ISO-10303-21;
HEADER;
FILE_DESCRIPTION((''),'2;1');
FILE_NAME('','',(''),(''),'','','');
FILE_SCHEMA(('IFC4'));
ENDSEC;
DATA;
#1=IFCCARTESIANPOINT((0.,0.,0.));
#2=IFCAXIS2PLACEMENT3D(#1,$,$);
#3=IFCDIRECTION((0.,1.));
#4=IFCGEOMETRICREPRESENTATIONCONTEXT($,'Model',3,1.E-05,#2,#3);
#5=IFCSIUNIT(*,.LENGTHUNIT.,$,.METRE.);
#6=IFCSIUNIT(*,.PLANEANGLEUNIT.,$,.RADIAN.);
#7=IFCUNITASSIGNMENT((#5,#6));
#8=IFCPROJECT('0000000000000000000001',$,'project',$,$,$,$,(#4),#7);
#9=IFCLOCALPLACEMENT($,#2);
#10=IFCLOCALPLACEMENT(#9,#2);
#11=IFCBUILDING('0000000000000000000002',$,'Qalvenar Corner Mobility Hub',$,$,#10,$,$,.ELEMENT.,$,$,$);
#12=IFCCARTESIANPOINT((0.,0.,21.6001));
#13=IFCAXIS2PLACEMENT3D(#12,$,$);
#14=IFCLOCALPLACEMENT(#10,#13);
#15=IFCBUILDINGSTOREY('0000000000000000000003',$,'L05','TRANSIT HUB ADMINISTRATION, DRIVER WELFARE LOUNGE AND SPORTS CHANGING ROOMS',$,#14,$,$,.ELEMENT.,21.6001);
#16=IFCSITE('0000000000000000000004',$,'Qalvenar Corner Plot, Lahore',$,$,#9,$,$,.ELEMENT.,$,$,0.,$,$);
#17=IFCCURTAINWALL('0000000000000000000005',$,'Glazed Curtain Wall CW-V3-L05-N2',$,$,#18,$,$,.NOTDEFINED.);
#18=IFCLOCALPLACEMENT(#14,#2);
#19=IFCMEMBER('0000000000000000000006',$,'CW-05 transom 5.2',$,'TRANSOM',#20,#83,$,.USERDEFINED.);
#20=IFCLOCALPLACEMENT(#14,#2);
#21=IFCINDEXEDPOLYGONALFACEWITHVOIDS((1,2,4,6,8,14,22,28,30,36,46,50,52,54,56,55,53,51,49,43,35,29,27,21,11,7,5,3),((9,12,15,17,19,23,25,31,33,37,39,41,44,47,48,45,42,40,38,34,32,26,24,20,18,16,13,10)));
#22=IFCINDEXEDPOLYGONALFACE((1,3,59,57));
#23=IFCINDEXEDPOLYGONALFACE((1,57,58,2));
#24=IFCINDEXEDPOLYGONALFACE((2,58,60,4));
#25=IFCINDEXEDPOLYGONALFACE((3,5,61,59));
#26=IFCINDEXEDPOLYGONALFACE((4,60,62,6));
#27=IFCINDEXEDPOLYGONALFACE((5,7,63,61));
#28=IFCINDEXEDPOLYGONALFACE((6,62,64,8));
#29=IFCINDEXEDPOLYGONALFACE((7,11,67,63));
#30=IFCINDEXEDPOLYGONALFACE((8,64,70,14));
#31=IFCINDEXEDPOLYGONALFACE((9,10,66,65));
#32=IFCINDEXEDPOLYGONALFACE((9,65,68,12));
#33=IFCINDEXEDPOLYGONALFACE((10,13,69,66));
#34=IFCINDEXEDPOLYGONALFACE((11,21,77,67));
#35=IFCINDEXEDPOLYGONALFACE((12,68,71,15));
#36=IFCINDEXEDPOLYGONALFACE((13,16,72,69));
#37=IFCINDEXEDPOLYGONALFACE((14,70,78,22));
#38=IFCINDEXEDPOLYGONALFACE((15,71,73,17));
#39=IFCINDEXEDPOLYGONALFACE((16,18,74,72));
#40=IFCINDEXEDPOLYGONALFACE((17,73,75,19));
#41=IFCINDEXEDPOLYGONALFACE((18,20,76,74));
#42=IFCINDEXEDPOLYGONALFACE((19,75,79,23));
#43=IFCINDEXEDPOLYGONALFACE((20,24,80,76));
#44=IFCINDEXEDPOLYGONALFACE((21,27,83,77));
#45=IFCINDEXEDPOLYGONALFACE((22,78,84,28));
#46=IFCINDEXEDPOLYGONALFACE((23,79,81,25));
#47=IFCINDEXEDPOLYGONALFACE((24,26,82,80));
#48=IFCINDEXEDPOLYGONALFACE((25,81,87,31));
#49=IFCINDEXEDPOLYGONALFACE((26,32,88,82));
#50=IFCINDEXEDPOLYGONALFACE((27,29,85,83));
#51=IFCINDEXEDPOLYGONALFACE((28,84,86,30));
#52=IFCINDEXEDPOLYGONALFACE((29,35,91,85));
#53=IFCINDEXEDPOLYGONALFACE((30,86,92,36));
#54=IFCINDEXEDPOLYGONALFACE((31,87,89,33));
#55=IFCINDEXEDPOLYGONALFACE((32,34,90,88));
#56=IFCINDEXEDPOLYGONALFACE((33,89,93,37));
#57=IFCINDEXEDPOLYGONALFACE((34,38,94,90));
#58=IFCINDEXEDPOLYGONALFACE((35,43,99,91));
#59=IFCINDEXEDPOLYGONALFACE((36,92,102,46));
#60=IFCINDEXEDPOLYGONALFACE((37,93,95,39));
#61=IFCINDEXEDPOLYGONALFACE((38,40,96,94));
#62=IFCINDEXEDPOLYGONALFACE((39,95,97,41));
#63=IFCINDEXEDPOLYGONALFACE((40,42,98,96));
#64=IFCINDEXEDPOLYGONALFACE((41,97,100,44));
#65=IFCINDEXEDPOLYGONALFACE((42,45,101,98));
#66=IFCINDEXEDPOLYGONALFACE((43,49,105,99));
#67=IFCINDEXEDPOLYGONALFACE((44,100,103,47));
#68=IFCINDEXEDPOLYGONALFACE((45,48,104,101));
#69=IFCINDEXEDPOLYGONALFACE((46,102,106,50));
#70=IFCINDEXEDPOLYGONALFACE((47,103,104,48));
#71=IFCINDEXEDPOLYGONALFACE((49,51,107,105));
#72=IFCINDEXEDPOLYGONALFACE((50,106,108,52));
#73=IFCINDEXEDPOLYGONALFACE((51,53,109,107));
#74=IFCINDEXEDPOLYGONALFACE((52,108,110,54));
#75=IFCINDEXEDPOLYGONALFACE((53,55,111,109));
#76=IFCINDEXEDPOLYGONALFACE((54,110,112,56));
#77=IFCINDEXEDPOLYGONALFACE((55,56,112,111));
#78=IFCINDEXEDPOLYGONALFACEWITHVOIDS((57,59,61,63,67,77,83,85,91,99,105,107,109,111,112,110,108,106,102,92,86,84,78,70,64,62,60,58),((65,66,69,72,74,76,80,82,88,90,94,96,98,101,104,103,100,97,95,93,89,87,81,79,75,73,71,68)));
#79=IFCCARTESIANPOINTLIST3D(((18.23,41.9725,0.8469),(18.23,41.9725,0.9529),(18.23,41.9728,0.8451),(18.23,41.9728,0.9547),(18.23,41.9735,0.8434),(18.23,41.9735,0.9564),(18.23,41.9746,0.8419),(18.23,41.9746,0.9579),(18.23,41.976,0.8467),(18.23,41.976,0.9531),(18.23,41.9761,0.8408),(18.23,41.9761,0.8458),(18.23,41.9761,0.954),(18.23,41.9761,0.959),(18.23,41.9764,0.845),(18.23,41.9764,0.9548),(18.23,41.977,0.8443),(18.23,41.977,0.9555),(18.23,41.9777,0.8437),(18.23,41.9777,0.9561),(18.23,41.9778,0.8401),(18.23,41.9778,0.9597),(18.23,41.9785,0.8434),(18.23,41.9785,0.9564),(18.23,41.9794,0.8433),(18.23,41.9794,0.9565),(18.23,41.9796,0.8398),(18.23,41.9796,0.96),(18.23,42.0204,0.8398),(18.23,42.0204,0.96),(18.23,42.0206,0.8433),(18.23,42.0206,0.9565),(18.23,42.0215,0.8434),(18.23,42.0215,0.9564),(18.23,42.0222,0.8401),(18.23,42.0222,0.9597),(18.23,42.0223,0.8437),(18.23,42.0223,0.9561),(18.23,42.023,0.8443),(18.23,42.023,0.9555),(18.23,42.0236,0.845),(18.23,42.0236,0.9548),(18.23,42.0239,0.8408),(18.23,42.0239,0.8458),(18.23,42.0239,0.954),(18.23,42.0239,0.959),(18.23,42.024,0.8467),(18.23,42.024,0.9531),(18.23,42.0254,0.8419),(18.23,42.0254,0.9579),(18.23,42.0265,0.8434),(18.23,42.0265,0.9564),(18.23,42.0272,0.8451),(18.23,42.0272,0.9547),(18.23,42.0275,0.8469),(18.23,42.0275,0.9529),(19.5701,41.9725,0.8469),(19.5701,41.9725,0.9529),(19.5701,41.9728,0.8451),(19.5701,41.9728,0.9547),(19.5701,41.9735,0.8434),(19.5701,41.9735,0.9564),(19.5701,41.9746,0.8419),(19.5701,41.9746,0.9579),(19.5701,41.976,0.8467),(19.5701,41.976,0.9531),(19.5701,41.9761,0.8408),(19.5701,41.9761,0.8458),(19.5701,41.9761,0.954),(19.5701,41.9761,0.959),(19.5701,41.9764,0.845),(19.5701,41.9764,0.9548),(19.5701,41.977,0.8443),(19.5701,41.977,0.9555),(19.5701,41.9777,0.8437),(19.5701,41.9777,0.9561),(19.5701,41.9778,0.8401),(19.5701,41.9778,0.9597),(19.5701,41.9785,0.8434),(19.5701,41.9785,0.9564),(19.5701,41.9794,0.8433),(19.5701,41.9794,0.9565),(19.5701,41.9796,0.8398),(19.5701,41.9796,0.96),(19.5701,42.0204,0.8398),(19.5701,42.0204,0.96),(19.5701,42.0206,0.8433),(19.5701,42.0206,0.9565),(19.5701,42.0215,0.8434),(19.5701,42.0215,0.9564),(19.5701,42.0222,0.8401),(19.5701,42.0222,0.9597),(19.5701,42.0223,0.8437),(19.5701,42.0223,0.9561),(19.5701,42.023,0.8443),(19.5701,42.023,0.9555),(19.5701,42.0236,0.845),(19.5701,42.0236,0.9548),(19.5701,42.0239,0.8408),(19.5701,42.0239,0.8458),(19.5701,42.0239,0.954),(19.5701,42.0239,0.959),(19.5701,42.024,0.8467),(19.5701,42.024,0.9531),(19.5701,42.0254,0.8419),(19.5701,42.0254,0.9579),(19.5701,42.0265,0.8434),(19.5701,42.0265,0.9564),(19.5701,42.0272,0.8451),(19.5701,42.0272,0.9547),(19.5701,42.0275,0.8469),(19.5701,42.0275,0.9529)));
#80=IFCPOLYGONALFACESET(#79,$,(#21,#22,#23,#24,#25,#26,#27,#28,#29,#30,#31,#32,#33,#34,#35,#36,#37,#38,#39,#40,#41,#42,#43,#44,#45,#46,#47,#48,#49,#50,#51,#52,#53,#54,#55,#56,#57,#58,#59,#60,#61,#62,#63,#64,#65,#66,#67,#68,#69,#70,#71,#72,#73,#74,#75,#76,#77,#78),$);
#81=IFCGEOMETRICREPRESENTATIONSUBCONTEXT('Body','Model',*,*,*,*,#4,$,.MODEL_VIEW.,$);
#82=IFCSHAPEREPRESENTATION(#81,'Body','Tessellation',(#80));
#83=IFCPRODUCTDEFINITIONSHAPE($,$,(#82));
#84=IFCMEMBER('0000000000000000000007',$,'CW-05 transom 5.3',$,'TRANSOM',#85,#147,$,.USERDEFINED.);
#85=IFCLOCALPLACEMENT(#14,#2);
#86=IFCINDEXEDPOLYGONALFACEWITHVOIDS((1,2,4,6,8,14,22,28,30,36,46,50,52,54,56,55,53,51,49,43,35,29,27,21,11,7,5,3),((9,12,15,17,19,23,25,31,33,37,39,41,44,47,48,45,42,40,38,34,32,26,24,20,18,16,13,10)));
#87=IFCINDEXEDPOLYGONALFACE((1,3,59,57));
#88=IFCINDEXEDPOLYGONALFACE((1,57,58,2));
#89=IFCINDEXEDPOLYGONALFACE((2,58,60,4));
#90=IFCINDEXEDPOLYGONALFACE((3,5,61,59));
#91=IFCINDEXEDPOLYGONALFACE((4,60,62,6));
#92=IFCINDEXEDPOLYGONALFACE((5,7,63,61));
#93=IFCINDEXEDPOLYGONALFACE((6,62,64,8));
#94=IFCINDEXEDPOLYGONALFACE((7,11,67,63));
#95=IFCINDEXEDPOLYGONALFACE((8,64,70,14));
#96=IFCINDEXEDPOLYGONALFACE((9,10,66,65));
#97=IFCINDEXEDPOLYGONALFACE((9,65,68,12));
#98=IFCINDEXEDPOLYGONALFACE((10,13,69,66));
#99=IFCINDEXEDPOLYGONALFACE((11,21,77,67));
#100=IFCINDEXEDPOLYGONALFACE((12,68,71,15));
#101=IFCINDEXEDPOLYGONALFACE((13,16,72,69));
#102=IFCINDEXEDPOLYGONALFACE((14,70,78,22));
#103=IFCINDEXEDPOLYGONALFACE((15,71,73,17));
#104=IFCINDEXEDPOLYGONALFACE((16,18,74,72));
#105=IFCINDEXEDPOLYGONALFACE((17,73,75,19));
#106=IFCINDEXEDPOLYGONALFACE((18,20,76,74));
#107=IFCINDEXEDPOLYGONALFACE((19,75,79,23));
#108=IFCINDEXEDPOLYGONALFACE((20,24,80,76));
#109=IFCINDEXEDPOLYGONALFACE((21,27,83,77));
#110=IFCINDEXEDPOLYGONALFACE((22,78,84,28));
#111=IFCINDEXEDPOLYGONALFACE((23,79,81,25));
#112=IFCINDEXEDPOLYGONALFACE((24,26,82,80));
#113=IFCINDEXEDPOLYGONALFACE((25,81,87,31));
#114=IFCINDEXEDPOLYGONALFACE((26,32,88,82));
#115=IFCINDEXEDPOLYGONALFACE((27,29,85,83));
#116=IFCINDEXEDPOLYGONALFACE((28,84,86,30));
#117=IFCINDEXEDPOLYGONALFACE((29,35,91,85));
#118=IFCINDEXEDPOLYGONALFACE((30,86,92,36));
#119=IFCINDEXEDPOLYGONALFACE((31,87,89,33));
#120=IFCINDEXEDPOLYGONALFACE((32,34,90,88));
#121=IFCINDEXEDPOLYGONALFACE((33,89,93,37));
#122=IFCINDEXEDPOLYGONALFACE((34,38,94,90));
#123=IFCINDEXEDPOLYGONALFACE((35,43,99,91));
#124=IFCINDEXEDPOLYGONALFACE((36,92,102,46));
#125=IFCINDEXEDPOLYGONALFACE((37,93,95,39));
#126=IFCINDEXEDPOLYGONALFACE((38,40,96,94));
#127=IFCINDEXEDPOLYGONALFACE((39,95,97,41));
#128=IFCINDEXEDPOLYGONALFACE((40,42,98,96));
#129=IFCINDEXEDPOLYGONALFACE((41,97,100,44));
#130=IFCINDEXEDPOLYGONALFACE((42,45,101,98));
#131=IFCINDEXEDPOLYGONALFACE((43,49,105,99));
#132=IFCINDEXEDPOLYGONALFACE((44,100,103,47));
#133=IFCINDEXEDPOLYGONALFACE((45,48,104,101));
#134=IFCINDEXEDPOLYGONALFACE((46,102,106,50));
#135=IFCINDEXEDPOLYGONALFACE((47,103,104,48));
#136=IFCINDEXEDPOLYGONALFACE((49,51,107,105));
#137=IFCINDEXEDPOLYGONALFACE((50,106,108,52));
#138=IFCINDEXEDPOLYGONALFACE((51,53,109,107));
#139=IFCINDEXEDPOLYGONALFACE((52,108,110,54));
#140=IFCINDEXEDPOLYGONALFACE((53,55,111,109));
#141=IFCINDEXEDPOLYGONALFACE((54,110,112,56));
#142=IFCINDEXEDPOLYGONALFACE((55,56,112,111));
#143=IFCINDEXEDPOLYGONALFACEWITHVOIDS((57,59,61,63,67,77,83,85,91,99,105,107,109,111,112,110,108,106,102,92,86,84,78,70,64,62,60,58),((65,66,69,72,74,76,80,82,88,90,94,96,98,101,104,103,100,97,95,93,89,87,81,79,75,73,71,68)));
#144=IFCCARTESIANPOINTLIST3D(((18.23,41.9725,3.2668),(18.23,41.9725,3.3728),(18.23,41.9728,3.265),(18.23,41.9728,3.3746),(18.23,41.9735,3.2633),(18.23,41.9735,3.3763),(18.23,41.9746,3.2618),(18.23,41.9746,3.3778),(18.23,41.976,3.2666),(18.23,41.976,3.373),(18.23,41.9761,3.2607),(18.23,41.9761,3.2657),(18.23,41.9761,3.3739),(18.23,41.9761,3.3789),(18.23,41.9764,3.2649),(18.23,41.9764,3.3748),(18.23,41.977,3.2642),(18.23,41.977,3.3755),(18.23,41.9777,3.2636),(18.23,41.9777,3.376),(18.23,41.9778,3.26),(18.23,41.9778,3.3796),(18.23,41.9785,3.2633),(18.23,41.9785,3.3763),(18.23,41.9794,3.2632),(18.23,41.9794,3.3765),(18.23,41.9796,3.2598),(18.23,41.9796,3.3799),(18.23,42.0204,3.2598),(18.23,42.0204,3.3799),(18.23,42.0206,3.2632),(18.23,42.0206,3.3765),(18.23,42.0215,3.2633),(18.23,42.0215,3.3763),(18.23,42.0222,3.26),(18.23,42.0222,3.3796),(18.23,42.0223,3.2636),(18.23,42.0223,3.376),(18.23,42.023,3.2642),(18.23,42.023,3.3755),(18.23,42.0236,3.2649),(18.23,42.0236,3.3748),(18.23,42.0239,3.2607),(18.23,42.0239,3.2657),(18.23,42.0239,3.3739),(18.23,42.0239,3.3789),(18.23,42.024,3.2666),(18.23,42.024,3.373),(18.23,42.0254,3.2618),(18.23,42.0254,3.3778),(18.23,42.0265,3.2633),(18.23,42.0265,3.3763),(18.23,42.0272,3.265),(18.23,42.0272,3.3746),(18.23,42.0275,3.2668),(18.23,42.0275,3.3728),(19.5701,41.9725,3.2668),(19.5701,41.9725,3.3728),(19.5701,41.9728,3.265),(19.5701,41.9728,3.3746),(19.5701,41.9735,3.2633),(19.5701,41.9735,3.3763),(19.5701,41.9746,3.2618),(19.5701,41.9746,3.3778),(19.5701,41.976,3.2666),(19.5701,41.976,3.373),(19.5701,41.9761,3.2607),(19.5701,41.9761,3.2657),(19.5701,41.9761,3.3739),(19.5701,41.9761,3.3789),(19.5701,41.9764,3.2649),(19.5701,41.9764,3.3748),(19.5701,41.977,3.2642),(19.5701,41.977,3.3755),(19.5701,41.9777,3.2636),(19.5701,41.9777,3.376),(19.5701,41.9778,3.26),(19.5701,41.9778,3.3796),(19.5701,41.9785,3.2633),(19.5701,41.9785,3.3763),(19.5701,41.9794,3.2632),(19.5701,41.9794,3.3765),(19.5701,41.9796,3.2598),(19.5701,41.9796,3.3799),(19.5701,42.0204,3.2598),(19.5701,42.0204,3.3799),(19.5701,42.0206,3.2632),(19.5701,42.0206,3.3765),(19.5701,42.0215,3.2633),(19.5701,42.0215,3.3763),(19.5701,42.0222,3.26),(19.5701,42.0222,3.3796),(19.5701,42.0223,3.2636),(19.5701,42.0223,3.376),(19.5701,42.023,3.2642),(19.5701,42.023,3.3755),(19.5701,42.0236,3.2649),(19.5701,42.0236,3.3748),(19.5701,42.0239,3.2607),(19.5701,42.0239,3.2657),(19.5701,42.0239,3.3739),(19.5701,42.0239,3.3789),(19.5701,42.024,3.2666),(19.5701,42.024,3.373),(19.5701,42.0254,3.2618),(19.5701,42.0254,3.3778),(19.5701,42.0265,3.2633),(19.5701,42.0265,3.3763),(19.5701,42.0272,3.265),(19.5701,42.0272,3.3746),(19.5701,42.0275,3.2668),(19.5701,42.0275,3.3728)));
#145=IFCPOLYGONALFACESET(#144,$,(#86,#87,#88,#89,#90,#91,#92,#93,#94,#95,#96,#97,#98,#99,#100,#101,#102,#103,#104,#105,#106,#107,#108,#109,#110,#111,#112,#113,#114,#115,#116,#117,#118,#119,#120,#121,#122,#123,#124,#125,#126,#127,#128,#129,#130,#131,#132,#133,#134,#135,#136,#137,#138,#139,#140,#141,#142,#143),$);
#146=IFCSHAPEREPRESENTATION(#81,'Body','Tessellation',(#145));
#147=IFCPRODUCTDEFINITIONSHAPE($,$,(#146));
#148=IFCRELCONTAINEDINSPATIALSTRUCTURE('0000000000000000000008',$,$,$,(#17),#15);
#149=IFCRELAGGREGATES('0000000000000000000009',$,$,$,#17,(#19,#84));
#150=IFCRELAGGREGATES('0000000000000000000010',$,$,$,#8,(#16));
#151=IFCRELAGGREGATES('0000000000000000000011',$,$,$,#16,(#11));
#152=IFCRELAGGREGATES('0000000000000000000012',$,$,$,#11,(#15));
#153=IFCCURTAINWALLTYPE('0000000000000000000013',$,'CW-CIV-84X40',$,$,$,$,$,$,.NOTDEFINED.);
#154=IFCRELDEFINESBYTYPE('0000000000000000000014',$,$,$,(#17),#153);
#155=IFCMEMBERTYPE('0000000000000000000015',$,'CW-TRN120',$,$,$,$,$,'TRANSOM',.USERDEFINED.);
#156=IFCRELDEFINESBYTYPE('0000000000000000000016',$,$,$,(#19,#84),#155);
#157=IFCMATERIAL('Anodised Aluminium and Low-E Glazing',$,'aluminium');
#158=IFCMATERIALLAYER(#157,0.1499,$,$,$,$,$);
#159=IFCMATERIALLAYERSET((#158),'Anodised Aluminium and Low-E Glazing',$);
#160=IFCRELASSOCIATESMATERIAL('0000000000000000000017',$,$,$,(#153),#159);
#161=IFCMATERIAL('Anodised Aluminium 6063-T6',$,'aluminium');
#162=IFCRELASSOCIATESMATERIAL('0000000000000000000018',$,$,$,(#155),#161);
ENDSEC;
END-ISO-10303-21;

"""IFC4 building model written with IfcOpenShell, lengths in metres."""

from ifc_helpers import new_model, si_unit, direction, frame, origin, origin_2d, place, context, subcontext, project, spatial, hollow_rectangle, extrude, material, layer, layer_set, material_profile, profile_set, type_object, element, aggregate, save


model = new_model("IFC4")

# Units and contexts
model_context = context("Model", 3, precision=1e-05, world=origin(), true_north=direction((0.0, 1.0)))
body_context = subcontext(model_context, "Body", "Model", "MODEL_VIEW")
ifc_project = project(units=[si_unit("LENGTHUNIT", "METRE"), si_unit("PLANEANGLEUNIT", "RADIAN")], contexts=[model_context])

# Site, building, storey
site_placement = place(None, origin())
site = spatial("IfcSite", under=ifc_project, at=site_placement, Name="Qalvenar Corner Plot, Lahore", CompositionType="ELEMENT", RefElevation=0.0)
building_placement = place(site_placement, origin())
building = spatial("IfcBuilding", under=site, at=building_placement, Name="Qalvenar Corner Mobility Hub", CompositionType="ELEMENT")
storey_placement = place(building_placement, frame((0.0, 0.0, 21.6001)))
storey = spatial("IfcBuildingStorey", under=building, at=storey_placement, Name="L05", Description="TRANSIT HUB ADMINISTRATION, DRIVER WELFARE LOUNGE AND SPORTS CHANGING ROOMS", CompositionType="ELEMENT", Elevation=21.6001)

# Curtain wall, members
ifc_material_1 = material(Name="Anodised Aluminium and Low-E Glazing", Category="aluminium")
ifc_layer_1 = layer(ifc_material_1, 0.1499)
ifc_layer_set_1 = layer_set([ifc_layer_1], Name="Anodised Aluminium and Low-E Glazing")
curtain_wall_type = type_object("IfcCurtainWallType", Name="CW-CIV-84X40", PredefinedType="NOTDEFINED", material=ifc_layer_set_1)
curtain_wall_placement = place(storey_placement, origin())
curtain_wall = element("IfcCurtainWall", 1, at=curtain_wall_placement, inside=storey, type_object=curtain_wall_type, Name="Glazed Curtain Wall CW-V3-L05-N2", PredefinedType="NOTDEFINED")
ifc_material_2 = material(Name="Anodised Aluminium 6063-T6", Category="aluminium")
ifc_material_profile_1 = material_profile(ifc_material_2, hollow_rectangle(XDim=0.0549, YDim=0.1201, WallThickness=0.0034, InnerFilletRadius=0.0034, OuterFilletRadius=0.0071, at=origin_2d()), Name="RHS120x55x3.5")
ifc_profile_set_1 = profile_set([ifc_material_profile_1], Name="Anodised Aluminium 6063-T6")
member_type_1 = type_object("IfcMemberType", Name="CW-TRN120", ElementType="TRANSOM", PredefinedType="USERDEFINED", material=ifc_profile_set_1)
member_1_placement = place(storey_placement, frame((19.5701, 42.0, 0.8999), z_axis=(-1.0, 0.0, 0.0), x_axis=(0.0, -1.0, 0.0)))
member_1 = element("IfcMember", 2, at=member_1_placement, type_object=member_type_1, Name="CW-05 transom 5.2", ObjectType="TRANSOM", PredefinedType="USERDEFINED", context=body_context, shape_type="SweptSolid", body=[
    extrude(hollow_rectangle(XDim=0.0549, YDim=0.1201, WallThickness=0.0034, InnerFilletRadius=0.0034, OuterFilletRadius=0.0071, at=origin_2d()), origin(), (0.0, 0.0, 1.0), 1.3401),
])
member_2_placement = place(storey_placement, frame((19.5701, 42.0, 3.3198), z_axis=(-1.0, 0.0, 0.0), x_axis=(0.0, -1.0, 0.0)))
member_2 = element("IfcMember", 3, at=member_2_placement, type_object=member_type_1, Name="CW-05 transom 5.3", ObjectType="TRANSOM", PredefinedType="USERDEFINED", context=body_context, shape_type="SweptSolid", body=[
    extrude(hollow_rectangle(XDim=0.0549, YDim=0.1201, WallThickness=0.0034, InnerFilletRadius=0.0034, OuterFilletRadius=0.0071, at=origin_2d()), origin(), (0.0, 0.0, 1.0), 1.3401),
])
aggregate(curtain_wall, [member_1, member_2])

save(model, "model.ifc")
